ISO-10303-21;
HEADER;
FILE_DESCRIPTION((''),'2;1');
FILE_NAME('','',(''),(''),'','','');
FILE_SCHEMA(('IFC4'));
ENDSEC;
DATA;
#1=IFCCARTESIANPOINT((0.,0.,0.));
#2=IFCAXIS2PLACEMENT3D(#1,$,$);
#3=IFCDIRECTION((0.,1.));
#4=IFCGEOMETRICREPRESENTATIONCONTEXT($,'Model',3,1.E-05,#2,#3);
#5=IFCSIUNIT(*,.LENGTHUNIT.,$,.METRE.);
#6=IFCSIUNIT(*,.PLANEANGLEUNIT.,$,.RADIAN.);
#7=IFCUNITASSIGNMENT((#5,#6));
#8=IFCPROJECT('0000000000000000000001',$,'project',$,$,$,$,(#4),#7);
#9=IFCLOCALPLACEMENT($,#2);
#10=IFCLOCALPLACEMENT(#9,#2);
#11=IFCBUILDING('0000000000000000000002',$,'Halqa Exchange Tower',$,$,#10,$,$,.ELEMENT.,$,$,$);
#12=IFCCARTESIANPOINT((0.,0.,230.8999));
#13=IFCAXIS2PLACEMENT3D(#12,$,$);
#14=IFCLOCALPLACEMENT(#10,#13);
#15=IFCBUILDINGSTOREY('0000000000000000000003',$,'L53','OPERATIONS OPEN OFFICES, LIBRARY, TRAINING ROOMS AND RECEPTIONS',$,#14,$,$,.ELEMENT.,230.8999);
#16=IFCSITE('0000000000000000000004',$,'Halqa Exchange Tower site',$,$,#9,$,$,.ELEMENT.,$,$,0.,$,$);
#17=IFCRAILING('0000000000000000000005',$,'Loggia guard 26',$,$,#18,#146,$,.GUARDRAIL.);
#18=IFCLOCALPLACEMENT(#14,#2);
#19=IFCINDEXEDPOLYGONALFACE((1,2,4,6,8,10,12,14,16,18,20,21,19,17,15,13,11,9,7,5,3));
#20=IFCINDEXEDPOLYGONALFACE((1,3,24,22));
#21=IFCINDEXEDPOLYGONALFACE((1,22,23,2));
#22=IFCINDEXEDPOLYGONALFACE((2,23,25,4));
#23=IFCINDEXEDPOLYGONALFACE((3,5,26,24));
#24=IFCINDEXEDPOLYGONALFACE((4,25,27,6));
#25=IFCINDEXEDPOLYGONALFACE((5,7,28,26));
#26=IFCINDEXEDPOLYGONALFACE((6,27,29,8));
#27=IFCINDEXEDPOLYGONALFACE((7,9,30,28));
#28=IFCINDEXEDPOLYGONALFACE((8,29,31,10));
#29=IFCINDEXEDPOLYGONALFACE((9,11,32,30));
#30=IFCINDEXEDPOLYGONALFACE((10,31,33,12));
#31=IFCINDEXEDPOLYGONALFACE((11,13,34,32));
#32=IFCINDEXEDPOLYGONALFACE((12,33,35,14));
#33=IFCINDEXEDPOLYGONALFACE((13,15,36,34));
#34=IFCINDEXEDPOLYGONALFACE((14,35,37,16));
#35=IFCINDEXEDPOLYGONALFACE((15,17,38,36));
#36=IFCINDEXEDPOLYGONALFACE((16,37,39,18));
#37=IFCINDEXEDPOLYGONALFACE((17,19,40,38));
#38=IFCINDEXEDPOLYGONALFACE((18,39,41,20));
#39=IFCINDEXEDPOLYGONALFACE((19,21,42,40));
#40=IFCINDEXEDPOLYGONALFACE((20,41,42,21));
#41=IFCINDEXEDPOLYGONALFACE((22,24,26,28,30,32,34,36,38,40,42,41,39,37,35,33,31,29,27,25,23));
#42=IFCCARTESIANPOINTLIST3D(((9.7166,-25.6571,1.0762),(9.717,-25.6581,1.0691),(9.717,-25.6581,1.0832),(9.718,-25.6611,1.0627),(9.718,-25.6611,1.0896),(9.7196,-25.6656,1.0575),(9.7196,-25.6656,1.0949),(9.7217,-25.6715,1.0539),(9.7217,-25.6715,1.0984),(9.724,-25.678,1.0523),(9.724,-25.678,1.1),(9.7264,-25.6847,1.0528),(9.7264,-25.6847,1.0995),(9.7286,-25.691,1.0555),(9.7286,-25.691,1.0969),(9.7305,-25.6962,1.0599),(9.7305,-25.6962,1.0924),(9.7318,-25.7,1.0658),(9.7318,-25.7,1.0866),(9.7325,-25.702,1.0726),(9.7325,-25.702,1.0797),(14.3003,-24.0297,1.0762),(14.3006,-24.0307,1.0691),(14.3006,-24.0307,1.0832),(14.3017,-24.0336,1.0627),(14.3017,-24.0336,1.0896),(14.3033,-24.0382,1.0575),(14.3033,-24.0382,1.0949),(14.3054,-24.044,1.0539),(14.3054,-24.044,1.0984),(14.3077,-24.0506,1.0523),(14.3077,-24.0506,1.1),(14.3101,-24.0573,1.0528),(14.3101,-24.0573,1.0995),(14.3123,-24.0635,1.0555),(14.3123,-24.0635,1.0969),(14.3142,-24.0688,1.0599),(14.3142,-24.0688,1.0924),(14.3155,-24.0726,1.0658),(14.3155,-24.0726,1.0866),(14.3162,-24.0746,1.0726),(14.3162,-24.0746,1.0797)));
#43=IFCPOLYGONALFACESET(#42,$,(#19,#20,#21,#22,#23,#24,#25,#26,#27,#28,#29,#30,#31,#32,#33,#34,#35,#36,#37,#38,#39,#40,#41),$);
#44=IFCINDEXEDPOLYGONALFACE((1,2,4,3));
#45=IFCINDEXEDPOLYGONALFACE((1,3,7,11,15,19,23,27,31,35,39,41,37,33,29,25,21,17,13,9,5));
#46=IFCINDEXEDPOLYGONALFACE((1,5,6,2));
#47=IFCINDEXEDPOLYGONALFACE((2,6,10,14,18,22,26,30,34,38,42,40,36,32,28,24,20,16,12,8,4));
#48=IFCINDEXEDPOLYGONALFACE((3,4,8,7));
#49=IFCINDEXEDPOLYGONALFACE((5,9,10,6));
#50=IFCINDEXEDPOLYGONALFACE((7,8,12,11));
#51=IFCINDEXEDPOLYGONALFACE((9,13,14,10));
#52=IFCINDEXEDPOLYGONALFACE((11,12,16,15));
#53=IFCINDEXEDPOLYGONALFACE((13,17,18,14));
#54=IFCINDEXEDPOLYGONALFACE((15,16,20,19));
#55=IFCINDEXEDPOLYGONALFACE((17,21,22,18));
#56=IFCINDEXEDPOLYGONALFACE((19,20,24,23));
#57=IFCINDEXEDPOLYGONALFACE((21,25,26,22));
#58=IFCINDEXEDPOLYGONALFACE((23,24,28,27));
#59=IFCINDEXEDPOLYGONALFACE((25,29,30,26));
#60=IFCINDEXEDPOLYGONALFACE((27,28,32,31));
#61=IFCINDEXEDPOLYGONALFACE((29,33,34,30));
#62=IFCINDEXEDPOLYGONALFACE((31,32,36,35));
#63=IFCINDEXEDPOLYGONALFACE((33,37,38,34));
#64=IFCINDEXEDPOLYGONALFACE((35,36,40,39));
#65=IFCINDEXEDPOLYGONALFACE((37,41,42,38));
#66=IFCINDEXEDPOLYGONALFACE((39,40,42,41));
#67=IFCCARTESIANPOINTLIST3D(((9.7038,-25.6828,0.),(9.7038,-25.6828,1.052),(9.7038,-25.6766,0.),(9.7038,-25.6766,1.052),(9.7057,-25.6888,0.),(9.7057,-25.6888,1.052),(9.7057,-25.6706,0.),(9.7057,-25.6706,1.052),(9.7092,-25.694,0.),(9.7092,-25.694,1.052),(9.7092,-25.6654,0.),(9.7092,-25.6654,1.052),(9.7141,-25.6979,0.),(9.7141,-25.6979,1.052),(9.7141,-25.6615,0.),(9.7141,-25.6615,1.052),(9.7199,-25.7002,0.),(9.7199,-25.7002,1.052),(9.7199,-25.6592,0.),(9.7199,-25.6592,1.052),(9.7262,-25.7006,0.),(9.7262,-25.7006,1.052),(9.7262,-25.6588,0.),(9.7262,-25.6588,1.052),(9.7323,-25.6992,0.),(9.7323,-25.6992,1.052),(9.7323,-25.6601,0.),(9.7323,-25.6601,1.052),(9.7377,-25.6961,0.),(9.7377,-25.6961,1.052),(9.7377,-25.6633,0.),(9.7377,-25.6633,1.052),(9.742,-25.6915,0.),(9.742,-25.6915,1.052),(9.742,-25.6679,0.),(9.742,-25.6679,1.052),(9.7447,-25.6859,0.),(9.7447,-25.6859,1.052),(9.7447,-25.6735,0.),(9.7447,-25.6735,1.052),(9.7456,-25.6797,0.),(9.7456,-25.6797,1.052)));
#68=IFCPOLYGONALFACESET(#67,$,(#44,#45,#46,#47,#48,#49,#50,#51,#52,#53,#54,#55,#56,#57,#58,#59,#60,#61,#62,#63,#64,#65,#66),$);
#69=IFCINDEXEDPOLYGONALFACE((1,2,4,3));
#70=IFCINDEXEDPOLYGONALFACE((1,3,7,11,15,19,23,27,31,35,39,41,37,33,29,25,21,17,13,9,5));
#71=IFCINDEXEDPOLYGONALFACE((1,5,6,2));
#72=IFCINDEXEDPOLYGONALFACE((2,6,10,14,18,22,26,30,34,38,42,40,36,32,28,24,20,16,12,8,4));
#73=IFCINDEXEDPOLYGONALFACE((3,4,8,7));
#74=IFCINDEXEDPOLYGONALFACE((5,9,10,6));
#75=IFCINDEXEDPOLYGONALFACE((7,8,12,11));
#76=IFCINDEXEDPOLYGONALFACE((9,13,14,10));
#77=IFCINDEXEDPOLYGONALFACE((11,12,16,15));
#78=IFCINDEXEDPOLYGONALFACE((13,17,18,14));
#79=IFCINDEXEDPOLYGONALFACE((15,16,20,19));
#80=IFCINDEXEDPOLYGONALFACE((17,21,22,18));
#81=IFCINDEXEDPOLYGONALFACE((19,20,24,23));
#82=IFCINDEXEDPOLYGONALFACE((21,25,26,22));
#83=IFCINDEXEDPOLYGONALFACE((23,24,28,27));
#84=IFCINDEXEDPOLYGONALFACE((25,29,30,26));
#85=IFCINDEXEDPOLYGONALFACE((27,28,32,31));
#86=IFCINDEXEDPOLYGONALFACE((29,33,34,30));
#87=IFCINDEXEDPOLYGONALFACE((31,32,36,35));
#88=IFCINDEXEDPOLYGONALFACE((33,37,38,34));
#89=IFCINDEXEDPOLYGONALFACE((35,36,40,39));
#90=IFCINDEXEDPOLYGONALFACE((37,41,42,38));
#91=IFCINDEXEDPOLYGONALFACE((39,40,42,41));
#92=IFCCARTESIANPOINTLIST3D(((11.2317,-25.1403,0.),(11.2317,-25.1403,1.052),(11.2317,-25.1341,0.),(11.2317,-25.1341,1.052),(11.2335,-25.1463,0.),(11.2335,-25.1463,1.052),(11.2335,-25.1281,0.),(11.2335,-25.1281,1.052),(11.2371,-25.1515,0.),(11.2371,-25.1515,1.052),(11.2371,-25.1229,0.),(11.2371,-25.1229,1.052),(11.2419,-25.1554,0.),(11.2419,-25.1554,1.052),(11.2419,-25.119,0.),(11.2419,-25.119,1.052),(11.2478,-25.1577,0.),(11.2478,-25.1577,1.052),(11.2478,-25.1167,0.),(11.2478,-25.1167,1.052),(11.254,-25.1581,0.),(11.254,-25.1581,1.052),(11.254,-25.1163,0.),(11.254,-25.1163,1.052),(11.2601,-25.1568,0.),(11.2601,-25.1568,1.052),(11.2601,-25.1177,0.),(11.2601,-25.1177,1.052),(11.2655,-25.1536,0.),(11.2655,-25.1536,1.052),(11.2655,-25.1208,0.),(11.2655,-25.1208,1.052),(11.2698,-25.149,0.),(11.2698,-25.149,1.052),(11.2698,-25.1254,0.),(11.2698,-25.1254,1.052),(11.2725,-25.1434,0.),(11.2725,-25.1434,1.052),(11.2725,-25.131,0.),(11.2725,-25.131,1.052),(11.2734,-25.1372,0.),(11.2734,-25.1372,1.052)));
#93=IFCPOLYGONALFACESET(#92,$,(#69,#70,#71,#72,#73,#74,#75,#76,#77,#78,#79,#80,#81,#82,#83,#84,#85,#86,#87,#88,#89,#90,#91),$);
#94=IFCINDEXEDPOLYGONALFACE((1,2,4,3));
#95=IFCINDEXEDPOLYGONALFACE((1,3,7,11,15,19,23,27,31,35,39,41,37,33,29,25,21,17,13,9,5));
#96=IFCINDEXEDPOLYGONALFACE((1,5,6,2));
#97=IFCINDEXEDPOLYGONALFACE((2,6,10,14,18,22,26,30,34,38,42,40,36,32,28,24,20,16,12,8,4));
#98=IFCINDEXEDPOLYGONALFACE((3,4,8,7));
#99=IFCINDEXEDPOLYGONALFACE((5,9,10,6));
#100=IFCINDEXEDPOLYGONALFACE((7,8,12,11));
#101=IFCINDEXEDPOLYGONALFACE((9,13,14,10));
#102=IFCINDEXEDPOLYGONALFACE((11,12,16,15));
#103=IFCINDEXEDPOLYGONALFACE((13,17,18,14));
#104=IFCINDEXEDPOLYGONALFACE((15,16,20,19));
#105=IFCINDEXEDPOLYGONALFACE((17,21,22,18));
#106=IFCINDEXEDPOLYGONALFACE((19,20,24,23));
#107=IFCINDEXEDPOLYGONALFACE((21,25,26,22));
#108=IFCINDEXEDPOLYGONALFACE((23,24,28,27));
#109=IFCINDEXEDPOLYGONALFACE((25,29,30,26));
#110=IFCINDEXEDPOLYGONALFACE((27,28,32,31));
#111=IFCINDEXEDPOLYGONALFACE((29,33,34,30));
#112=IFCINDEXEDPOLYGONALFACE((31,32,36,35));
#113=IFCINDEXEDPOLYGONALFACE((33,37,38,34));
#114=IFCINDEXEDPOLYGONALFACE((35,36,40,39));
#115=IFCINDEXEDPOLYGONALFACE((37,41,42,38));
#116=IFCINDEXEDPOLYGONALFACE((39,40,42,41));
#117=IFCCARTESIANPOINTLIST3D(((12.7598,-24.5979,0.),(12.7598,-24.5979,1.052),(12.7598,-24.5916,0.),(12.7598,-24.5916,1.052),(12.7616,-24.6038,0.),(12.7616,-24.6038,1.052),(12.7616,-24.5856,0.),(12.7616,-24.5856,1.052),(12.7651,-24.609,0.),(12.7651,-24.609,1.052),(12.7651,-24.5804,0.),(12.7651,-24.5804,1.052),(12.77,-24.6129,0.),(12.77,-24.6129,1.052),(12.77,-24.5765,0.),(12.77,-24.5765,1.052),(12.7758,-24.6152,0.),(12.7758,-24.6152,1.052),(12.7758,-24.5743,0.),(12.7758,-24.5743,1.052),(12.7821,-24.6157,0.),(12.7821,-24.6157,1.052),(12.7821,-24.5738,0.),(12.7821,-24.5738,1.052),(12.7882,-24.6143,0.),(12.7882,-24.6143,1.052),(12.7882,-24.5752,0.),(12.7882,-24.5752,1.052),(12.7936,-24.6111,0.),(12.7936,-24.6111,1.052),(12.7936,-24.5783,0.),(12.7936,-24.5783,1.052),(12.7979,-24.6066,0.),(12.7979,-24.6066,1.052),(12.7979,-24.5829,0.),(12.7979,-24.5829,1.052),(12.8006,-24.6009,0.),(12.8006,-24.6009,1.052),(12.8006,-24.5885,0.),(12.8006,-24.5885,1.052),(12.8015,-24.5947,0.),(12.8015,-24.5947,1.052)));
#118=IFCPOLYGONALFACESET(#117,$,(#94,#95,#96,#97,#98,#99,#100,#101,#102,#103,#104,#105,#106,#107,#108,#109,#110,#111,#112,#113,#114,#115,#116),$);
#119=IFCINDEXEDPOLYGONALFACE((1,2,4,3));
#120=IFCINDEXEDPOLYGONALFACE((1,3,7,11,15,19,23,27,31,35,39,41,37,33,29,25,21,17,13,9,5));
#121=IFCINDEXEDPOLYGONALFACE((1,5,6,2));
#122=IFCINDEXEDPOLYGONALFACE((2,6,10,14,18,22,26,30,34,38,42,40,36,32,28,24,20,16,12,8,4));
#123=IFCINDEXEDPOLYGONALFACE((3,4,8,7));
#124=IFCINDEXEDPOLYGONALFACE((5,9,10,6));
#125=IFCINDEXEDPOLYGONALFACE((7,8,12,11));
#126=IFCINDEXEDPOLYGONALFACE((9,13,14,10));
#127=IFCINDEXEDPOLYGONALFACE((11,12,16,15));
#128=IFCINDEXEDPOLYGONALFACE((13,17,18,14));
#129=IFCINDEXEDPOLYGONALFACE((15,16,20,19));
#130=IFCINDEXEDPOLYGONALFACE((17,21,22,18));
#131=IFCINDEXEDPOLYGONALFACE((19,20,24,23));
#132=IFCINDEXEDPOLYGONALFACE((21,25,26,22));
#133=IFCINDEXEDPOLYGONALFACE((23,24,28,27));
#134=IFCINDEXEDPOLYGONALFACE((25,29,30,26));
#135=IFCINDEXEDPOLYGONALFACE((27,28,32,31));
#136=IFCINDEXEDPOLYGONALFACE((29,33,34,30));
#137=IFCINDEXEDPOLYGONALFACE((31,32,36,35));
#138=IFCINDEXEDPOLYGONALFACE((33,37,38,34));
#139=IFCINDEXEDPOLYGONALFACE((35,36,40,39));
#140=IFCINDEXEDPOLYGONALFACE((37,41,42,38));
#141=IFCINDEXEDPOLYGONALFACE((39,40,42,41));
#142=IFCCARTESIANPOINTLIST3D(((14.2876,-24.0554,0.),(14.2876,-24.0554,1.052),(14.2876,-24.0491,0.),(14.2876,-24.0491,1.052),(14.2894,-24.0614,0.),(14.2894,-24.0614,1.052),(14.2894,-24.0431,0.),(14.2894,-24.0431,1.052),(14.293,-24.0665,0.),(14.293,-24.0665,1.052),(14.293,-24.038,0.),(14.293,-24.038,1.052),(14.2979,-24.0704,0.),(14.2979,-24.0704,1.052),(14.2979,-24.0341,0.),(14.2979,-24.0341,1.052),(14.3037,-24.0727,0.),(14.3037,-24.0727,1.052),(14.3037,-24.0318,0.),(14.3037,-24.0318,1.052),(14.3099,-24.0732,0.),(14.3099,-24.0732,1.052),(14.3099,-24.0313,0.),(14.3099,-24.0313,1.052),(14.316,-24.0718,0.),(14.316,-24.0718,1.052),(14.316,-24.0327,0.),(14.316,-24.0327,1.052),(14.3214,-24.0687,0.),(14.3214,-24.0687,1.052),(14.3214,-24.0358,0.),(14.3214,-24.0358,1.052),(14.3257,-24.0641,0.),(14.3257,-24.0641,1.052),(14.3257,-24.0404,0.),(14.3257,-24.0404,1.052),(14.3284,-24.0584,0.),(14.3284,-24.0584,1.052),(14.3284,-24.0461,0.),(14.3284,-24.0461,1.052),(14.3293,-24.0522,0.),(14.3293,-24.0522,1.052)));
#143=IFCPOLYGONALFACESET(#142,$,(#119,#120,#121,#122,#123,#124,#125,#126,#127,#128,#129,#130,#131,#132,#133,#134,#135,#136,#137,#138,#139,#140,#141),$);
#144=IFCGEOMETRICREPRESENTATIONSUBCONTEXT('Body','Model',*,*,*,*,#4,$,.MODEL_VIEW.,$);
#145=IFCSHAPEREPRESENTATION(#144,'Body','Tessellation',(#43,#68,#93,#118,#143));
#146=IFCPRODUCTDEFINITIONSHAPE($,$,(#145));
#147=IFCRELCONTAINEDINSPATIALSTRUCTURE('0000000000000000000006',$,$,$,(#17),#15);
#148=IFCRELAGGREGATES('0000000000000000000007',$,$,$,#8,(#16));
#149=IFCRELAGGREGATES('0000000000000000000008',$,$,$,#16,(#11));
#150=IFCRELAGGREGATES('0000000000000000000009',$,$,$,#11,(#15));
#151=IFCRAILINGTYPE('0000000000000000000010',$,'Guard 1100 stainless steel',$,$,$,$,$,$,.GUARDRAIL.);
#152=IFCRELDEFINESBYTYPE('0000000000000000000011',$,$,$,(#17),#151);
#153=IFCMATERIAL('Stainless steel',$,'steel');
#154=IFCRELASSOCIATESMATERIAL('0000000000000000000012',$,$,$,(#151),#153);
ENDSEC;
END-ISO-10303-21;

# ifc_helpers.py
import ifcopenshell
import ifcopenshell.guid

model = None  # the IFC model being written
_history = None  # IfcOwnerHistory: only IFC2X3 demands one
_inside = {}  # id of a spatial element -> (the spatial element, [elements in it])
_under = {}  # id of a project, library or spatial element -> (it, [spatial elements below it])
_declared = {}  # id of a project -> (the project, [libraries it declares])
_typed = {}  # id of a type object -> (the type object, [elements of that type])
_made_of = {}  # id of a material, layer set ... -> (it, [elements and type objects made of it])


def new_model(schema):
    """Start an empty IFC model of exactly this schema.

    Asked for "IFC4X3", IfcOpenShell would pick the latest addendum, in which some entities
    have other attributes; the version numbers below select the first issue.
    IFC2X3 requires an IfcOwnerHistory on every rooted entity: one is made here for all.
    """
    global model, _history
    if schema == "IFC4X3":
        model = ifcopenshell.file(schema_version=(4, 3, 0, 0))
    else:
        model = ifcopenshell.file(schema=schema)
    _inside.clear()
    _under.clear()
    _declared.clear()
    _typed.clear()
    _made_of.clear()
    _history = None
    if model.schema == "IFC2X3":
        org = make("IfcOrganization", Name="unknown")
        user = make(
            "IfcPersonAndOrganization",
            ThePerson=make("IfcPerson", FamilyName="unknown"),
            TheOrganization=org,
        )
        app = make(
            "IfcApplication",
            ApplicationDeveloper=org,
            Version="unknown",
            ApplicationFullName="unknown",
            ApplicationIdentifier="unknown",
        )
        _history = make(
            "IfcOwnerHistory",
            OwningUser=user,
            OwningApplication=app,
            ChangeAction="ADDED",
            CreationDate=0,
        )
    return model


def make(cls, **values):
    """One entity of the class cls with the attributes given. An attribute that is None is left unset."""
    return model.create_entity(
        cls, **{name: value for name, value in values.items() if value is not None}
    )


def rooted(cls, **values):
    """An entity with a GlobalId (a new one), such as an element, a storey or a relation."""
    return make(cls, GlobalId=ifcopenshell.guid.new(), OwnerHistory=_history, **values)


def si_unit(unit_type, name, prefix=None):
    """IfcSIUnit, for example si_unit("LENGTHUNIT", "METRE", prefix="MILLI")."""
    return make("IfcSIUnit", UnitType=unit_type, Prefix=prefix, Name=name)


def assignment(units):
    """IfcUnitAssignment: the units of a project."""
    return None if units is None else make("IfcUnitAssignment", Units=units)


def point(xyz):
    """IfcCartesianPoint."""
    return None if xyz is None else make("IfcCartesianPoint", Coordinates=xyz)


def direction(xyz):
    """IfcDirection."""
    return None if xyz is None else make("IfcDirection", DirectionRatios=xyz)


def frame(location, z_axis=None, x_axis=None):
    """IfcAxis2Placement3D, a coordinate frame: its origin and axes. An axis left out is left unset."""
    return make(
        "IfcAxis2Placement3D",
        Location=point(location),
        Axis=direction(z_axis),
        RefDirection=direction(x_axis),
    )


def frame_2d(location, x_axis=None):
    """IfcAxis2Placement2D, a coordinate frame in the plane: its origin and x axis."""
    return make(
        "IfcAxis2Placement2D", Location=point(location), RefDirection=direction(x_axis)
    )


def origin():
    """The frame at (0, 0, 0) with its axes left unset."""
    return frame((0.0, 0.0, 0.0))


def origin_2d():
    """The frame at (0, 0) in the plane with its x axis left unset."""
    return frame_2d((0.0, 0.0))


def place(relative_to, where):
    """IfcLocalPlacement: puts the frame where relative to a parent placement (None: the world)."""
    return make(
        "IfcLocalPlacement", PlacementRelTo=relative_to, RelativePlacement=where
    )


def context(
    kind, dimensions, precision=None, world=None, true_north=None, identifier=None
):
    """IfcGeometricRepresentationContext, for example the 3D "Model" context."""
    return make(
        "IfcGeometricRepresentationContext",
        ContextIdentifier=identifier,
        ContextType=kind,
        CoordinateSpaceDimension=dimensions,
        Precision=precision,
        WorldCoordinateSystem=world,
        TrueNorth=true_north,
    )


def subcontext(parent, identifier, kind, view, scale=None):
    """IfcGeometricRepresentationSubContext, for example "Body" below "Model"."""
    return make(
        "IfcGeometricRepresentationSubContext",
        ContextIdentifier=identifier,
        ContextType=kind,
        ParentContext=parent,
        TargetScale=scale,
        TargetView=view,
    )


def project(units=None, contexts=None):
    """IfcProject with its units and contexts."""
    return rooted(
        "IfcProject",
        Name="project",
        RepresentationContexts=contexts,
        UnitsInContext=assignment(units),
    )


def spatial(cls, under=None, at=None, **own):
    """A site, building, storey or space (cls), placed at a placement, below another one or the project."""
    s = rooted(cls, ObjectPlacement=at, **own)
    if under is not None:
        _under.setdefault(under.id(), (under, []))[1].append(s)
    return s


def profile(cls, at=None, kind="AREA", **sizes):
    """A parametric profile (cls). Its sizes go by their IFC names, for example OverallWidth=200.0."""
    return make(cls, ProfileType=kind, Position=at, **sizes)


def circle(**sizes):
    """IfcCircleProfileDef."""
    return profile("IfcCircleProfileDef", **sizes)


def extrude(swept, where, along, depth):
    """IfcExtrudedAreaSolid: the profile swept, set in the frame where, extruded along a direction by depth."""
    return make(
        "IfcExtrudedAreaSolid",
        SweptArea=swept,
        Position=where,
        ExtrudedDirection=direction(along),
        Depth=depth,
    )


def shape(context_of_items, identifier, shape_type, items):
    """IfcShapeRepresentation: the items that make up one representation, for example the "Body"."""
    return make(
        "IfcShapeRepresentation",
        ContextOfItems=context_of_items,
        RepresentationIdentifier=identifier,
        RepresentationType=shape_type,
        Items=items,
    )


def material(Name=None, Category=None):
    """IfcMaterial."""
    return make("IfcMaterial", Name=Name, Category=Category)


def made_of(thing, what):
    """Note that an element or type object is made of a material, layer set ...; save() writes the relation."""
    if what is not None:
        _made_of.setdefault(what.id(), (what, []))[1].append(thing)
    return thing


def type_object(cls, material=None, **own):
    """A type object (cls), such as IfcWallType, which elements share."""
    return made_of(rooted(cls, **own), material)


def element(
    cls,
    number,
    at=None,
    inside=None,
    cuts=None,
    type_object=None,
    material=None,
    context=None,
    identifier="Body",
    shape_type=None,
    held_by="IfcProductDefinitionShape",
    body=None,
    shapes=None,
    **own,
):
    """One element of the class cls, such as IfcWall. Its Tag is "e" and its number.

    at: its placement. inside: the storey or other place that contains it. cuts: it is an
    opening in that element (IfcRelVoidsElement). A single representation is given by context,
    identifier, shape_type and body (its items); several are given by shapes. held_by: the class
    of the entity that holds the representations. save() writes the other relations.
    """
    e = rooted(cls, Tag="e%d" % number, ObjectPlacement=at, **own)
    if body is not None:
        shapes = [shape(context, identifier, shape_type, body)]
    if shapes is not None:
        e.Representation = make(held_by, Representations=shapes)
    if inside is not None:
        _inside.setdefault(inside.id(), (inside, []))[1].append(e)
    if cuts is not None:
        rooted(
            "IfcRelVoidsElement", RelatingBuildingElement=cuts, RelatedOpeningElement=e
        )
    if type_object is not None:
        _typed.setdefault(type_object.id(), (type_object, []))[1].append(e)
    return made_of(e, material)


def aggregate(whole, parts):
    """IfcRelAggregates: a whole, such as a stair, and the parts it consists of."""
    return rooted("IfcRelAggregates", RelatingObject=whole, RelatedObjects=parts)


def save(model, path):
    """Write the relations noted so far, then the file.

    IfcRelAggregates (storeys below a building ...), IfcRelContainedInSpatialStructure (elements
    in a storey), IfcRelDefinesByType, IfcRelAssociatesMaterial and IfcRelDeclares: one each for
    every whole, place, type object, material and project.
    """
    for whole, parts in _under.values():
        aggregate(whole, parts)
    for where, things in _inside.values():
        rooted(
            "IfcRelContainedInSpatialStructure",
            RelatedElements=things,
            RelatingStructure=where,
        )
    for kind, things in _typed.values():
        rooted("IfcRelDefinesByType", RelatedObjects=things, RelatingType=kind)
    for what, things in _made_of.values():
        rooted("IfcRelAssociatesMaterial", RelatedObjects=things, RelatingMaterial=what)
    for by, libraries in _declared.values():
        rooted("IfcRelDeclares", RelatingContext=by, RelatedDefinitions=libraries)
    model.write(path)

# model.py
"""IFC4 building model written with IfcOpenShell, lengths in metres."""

from ifc_helpers import new_model, si_unit, direction, frame, origin, origin_2d, place, context, subcontext, project, spatial, circle, extrude, material, type_object, element, save


model = new_model("IFC4")

# Units and contexts
model_context = context("Model", 3, precision=1e-05, world=origin(), true_north=direction((0.0, 1.0)))
body_context = subcontext(model_context, "Body", "Model", "MODEL_VIEW")
ifc_project = project(units=[si_unit("LENGTHUNIT", "METRE"), si_unit("PLANEANGLEUNIT", "RADIAN")], contexts=[model_context])

# Site, building, storey
site_placement = place(None, origin())
site = spatial("IfcSite", under=ifc_project, at=site_placement, Name="Halqa Exchange Tower site", CompositionType="ELEMENT", RefElevation=0.0)
building_placement = place(site_placement, origin())
building = spatial("IfcBuilding", under=site, at=building_placement, Name="Halqa Exchange Tower", CompositionType="ELEMENT")
storey_placement = place(building_placement, frame((0.0, 0.0, 230.8999)))
storey = spatial("IfcBuildingStorey", under=building, at=storey_placement, Name="L53", Description="OPERATIONS OPEN OFFICES, LIBRARY, TRAINING ROOMS AND RECEPTIONS", CompositionType="ELEMENT", Elevation=230.8999)

# Railing
ifc_material_1 = material(Name="Stainless steel", Category="steel")
railing_type = type_object("IfcRailingType", Name="Guard 1100 stainless steel", PredefinedType="GUARDRAIL", material=ifc_material_1)
railing_1_placement = place(storey_placement, frame((9.7246, -25.6797, 0.0)))
element("IfcRailing", 1, at=railing_1_placement, inside=storey, type_object=railing_type, Name="Loggia guard 26", PredefinedType="GUARDRAIL", context=body_context, shape_type="SweptSolid", body=[
    extrude(circle(Radius=0.0239, at=origin_2d()), frame((0.0, 0.0, 1.0762), z_axis=(0.942366, 0.334584, 0.0), x_axis=(-0.334584, 0.942366, 0.0)), (0.0, 0.0, 1.0), 4.864),
    extrude(circle(Radius=0.021, at=origin_2d()), origin(), (0.0, 0.0, 1.0), 1.052),
    extrude(circle(Radius=0.021, at=origin_2d()), frame((1.5278, 0.5425, 0.0)), (0.0, 0.0, 1.0), 1.052),
    extrude(circle(Radius=0.021, at=origin_2d()), frame((3.0559, 1.085, 0.0)), (0.0, 0.0, 1.0), 1.052),
    extrude(circle(Radius=0.021, at=origin_2d()), frame((4.5837, 1.6274, 0.0)), (0.0, 0.0, 1.0), 1.052),
])

save(model, "model.ifc")
